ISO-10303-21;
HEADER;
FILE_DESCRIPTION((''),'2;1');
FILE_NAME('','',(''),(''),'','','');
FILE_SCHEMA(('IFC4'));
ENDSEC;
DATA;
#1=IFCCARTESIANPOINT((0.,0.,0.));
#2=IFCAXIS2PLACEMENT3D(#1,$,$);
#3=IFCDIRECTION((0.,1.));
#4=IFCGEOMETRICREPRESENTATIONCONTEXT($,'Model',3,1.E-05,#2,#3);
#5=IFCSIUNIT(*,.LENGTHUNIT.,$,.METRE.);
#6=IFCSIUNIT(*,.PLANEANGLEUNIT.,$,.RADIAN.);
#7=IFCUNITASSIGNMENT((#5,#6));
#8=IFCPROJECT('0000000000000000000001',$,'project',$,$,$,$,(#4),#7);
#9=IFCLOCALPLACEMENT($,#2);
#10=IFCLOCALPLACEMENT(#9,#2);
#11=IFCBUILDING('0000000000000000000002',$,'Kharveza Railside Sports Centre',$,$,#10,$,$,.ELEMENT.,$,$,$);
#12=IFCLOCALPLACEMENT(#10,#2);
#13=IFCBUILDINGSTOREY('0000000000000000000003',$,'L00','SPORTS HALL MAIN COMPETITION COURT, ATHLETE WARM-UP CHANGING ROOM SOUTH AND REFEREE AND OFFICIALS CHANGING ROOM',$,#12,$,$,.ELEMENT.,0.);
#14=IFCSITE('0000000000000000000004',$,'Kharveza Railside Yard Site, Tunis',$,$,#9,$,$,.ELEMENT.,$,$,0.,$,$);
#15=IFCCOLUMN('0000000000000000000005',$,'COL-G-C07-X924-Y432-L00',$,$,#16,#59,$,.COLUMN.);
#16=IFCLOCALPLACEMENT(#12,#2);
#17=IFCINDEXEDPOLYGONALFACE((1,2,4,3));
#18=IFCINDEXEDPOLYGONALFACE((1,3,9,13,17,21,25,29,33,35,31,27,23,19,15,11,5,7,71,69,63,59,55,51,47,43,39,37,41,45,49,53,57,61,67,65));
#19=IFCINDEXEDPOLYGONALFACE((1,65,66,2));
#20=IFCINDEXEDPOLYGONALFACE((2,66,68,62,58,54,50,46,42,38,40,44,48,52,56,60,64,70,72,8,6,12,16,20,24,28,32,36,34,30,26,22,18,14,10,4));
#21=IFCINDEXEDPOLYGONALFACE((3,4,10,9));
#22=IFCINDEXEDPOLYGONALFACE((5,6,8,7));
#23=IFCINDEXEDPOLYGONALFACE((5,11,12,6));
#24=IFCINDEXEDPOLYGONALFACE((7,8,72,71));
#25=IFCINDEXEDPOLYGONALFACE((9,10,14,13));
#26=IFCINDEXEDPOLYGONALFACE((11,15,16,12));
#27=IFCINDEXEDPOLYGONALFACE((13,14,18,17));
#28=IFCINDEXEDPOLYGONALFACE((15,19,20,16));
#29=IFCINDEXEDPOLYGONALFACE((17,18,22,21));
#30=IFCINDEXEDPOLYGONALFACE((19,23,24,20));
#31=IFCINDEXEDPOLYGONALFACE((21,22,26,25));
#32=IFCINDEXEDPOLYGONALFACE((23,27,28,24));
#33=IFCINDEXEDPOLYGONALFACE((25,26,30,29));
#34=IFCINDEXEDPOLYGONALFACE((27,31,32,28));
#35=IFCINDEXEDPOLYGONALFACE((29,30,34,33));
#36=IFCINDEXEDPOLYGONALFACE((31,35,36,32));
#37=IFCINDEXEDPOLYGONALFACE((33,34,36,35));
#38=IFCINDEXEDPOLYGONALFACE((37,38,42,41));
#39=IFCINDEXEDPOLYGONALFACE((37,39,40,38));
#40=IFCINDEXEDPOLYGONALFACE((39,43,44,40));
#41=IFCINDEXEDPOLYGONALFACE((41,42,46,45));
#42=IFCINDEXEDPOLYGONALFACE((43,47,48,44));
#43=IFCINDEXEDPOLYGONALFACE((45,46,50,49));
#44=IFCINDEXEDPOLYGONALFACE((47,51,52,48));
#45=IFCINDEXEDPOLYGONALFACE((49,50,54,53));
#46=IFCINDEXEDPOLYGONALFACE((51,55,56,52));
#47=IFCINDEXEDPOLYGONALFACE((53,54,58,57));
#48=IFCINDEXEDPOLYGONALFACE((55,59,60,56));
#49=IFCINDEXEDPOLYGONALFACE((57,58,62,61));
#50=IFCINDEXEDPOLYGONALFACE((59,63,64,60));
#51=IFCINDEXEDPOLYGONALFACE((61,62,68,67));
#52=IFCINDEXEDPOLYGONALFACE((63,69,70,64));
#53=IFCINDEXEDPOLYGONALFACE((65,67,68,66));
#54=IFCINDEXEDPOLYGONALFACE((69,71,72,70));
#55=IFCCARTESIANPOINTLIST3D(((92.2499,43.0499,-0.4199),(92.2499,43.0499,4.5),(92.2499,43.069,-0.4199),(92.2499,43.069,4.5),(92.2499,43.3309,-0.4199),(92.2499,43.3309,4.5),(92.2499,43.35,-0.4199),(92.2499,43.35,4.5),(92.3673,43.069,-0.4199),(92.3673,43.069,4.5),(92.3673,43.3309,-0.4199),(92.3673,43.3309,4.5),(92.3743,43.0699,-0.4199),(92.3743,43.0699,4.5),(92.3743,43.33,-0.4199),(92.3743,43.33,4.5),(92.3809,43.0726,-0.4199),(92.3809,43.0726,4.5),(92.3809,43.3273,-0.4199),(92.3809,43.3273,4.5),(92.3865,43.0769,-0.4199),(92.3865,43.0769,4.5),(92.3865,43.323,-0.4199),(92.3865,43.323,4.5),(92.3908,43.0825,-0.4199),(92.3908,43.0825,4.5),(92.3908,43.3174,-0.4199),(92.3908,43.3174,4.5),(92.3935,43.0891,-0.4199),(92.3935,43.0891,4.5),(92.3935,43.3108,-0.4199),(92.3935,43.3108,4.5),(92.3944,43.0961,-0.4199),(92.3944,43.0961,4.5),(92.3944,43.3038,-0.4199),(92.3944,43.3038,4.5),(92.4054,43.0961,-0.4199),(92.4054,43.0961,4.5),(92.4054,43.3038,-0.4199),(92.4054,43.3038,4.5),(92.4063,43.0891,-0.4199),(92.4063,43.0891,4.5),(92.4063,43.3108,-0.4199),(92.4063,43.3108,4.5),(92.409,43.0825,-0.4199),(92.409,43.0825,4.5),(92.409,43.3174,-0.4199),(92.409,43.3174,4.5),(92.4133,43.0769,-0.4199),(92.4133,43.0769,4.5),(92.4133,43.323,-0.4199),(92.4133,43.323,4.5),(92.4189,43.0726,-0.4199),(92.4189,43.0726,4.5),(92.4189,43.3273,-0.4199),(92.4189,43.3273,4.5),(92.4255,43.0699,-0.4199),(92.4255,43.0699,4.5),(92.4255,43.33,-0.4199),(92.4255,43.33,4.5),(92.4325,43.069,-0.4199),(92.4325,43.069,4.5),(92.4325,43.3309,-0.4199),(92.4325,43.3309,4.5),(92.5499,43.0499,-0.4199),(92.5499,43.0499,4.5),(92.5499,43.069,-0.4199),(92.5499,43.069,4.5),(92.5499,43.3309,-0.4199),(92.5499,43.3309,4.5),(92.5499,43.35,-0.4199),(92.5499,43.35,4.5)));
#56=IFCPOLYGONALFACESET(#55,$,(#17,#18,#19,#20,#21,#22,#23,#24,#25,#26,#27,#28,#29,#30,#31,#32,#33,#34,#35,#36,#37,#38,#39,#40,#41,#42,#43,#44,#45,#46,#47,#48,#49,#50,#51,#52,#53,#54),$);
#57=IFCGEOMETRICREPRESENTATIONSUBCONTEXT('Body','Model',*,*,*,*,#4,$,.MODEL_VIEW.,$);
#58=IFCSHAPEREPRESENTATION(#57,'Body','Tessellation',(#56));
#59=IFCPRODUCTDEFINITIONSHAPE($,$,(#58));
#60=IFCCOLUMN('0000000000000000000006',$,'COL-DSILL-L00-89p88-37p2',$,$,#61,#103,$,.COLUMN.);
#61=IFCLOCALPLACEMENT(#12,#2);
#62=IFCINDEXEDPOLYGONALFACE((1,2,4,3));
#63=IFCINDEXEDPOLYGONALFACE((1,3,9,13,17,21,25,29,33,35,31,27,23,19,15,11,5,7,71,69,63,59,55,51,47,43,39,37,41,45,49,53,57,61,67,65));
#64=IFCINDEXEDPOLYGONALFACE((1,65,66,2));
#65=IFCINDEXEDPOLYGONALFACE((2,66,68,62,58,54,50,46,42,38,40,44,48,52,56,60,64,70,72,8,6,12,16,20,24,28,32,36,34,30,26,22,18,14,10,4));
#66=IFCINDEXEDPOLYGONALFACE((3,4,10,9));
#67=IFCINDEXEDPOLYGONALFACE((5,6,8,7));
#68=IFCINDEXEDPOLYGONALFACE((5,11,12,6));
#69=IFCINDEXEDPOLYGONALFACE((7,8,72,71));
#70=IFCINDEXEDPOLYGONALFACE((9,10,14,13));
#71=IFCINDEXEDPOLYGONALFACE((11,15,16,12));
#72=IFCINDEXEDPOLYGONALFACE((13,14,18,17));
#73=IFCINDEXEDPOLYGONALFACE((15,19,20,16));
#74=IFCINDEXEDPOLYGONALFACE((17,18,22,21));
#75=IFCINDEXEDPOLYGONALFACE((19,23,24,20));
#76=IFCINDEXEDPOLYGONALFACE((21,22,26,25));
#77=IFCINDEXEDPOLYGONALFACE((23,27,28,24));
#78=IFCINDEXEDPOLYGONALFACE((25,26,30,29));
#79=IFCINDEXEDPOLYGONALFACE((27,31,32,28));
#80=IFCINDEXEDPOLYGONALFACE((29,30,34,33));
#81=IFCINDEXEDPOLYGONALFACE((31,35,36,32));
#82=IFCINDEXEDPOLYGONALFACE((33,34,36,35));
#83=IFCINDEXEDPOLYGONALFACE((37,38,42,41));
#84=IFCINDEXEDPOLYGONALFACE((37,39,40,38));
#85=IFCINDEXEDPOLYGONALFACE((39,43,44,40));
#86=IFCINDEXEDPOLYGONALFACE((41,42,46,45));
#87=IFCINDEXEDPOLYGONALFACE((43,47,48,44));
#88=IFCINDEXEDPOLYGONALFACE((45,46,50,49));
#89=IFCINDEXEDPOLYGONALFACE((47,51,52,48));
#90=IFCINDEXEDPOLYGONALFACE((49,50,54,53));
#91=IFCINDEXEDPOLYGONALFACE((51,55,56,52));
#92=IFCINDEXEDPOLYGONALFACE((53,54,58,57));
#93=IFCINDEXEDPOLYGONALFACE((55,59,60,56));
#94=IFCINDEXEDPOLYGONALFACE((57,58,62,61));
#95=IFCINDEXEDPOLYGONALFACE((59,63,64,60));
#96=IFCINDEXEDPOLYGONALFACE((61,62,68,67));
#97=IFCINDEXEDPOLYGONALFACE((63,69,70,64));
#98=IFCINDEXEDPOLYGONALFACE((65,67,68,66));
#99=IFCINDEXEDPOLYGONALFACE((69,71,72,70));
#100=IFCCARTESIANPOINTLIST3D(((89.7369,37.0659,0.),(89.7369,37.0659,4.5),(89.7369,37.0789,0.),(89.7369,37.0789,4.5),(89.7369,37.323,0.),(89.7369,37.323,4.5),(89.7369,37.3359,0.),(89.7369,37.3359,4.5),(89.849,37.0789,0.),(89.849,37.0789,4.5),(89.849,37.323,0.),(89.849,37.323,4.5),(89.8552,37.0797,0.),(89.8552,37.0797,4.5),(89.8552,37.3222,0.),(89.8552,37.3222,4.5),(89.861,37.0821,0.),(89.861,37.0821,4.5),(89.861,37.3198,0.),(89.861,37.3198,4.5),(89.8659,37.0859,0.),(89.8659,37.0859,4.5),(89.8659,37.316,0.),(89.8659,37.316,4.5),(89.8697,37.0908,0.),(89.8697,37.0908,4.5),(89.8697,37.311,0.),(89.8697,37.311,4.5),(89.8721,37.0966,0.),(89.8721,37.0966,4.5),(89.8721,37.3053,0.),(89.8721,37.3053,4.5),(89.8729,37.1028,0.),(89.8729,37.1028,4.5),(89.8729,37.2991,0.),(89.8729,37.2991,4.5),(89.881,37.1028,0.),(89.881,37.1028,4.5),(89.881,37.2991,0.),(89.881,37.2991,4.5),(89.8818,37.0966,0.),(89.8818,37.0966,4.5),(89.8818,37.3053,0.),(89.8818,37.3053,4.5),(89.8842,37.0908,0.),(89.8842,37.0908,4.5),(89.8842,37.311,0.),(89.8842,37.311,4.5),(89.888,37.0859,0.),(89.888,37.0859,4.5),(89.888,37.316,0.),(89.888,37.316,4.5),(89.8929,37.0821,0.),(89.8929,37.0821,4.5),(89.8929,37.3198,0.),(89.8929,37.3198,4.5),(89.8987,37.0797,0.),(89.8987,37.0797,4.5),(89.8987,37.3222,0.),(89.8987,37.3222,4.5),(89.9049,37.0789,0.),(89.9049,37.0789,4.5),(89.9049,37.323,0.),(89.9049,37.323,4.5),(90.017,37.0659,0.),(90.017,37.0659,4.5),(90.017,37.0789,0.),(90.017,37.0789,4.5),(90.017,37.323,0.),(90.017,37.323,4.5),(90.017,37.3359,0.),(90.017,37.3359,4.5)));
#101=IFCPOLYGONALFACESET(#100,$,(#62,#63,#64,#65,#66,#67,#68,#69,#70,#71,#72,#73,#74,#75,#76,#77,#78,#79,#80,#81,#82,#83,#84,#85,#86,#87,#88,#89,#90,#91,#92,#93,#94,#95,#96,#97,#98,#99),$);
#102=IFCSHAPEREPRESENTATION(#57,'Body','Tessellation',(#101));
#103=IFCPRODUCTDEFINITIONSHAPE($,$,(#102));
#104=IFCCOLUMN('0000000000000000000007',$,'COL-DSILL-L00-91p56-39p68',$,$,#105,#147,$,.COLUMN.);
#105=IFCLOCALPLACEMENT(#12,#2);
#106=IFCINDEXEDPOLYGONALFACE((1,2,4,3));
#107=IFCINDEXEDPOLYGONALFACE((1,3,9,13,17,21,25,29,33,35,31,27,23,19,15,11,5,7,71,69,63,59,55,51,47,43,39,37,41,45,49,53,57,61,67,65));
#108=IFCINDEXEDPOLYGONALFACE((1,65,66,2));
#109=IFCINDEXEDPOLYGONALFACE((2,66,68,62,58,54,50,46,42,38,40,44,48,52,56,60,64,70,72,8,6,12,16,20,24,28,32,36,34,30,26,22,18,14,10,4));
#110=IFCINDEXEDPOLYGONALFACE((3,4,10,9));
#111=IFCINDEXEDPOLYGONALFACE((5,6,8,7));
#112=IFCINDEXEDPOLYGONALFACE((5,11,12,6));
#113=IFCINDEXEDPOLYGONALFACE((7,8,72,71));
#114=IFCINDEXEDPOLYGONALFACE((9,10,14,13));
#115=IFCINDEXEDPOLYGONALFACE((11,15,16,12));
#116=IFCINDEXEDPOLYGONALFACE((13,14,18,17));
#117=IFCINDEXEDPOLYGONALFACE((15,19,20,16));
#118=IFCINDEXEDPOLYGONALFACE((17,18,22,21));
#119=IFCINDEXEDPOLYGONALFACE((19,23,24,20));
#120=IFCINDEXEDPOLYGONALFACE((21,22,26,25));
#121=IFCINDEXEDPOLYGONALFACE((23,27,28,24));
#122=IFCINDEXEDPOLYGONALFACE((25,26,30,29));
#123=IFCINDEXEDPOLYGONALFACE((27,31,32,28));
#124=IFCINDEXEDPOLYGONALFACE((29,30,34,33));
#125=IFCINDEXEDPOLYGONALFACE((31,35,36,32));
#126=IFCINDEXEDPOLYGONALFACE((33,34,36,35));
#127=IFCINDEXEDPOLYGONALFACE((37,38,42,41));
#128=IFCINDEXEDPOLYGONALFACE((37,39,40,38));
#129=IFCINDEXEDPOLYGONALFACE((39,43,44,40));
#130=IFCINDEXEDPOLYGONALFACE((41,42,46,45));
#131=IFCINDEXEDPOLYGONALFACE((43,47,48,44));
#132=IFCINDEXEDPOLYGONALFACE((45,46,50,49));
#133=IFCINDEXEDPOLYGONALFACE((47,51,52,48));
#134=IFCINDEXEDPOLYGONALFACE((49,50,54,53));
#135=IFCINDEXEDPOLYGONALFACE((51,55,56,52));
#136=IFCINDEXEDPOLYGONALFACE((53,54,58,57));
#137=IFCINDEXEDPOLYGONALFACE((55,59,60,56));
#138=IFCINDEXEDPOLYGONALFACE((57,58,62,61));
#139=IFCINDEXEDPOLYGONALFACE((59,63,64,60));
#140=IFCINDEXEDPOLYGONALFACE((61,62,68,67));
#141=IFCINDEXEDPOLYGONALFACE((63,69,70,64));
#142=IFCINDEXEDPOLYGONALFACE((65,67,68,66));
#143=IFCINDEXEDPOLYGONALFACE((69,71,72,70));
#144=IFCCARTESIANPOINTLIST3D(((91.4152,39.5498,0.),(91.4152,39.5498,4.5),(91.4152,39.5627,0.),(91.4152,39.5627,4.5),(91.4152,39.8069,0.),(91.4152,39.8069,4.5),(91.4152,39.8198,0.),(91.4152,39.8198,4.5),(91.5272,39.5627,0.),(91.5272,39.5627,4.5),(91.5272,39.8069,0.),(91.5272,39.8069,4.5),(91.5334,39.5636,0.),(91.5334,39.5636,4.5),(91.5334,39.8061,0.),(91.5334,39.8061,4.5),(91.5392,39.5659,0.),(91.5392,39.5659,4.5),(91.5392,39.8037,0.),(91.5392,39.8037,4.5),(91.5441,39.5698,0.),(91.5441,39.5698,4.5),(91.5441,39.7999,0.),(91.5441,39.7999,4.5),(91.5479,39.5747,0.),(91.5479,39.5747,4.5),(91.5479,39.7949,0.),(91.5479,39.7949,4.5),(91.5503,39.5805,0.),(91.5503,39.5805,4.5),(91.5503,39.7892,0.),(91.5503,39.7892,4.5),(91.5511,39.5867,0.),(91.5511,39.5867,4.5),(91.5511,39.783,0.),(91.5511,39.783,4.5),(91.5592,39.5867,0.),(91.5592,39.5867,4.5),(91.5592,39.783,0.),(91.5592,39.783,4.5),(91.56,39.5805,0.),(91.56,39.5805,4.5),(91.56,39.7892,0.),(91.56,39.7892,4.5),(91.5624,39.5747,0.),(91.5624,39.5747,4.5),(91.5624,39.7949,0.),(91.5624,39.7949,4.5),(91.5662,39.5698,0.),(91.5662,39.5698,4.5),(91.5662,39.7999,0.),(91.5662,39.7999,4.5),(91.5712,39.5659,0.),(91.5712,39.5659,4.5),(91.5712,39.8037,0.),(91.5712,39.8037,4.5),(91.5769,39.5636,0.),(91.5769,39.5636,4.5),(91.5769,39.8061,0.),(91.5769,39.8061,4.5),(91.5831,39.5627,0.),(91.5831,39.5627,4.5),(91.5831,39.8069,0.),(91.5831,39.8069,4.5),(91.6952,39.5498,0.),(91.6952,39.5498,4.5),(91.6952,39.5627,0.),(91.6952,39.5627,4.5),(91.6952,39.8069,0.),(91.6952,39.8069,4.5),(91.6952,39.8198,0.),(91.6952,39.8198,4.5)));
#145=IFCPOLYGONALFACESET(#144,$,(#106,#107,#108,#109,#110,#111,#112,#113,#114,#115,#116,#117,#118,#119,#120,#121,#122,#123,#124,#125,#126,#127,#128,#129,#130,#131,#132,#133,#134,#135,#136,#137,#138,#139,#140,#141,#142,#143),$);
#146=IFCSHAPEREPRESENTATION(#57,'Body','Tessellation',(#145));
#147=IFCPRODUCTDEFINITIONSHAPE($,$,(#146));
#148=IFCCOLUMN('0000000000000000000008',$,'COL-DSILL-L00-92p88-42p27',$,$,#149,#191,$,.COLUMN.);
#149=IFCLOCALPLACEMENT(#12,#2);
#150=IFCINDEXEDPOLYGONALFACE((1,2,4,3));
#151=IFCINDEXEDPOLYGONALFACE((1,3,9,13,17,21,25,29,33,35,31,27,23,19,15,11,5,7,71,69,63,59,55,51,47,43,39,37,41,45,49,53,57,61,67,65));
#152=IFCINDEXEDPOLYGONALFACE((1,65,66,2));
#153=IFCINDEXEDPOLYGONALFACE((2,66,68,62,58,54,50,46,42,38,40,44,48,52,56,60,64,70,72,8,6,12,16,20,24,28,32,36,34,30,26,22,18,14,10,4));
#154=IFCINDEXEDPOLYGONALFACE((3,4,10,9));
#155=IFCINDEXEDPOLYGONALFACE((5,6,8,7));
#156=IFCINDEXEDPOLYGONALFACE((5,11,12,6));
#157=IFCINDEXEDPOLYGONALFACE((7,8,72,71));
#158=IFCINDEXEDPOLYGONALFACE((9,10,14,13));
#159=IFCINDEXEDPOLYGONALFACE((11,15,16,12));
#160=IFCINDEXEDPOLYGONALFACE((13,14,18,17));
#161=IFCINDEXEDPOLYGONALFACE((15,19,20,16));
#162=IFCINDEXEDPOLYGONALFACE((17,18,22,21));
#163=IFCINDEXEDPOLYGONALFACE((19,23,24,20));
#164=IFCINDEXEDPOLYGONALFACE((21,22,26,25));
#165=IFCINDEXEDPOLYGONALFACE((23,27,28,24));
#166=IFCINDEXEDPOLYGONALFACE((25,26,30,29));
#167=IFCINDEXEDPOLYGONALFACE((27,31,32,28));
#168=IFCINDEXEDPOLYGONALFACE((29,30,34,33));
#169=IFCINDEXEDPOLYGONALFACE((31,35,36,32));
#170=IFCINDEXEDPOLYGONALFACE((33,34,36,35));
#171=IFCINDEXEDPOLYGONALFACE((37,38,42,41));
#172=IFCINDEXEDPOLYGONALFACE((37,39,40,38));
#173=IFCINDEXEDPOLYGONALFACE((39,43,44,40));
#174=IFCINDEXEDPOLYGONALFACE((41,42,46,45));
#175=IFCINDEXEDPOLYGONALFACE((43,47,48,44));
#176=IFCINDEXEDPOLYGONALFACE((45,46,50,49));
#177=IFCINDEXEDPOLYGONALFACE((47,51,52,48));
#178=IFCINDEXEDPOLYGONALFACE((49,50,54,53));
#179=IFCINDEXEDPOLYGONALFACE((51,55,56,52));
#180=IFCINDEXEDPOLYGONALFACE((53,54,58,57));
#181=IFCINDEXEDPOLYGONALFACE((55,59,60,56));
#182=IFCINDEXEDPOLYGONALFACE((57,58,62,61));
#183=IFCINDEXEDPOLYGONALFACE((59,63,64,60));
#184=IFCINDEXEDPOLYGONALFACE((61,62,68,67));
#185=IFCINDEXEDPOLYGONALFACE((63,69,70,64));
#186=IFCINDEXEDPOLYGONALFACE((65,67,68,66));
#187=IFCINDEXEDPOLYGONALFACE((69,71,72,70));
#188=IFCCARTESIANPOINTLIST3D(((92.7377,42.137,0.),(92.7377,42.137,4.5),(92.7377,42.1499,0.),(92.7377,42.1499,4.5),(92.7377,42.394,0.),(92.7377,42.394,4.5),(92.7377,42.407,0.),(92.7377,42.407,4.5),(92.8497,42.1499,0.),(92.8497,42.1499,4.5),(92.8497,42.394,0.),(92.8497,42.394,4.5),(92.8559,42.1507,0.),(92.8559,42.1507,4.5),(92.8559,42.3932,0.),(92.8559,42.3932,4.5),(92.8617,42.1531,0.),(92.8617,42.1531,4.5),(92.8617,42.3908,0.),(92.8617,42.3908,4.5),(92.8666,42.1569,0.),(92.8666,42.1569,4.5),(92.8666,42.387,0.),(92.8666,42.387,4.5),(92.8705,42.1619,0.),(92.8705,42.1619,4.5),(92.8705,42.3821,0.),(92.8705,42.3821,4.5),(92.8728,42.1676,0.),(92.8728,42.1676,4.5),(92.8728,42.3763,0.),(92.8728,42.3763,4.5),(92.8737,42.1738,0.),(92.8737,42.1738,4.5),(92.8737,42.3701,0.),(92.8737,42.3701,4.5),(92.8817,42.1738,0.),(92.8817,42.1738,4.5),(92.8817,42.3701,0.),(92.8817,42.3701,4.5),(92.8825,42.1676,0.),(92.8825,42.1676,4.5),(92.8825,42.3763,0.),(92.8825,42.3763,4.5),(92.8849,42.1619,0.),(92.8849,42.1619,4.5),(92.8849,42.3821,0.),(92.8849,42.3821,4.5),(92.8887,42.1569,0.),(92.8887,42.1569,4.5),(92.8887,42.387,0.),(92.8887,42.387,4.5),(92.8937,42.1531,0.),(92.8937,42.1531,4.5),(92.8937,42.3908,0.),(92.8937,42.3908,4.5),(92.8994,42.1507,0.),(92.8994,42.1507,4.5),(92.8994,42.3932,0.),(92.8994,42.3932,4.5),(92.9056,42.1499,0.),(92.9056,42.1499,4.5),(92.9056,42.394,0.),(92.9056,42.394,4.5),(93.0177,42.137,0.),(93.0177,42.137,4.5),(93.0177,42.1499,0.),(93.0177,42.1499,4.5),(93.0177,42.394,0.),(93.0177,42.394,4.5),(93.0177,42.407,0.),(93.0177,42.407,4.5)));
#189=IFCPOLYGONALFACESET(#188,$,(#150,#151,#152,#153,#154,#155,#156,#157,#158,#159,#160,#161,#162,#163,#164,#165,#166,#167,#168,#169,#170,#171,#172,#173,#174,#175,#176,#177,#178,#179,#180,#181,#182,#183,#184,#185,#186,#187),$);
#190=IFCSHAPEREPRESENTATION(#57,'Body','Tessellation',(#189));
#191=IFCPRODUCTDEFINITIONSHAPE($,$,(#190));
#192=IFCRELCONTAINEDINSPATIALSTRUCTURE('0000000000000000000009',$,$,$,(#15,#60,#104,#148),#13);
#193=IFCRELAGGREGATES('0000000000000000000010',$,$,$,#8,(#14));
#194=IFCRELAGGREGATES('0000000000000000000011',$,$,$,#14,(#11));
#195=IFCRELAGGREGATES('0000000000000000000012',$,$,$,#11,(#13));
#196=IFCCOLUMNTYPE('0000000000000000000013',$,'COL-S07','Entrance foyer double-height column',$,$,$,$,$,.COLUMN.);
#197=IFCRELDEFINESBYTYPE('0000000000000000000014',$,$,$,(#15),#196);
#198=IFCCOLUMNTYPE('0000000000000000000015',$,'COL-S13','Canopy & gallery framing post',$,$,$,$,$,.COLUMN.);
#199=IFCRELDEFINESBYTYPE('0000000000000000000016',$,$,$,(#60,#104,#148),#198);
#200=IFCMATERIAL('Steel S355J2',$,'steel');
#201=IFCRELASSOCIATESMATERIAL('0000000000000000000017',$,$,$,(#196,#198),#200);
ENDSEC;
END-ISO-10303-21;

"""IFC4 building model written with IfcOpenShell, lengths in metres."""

from ifc_helpers import new_model, si_unit, direction, frame, origin, origin_2d, place, context, subcontext, project, spatial, i_section, extrude, material, material_profile, profile_set, type_object, element, save


model = new_model("IFC4")

# Units and contexts
model_context = context("Model", 3, precision=1e-05, world=origin(), true_north=direction((0.0, 1.0)))
body_context = subcontext(model_context, "Body", "Model", "MODEL_VIEW")
ifc_project = project(units=[si_unit("LENGTHUNIT", "METRE"), si_unit("PLANEANGLEUNIT", "RADIAN")], contexts=[model_context])

# Site, building, storey
site_placement = place(None, origin())
site = spatial("IfcSite", under=ifc_project, at=site_placement, Name="Kharveza Railside Yard Site, Tunis", CompositionType="ELEMENT", RefElevation=0.0)
building_placement = place(site_placement, origin())
building = spatial("IfcBuilding", under=site, at=building_placement, Name="Kharveza Railside Sports Centre", CompositionType="ELEMENT")
storey_placement = place(building_placement, origin())
storey = spatial("IfcBuildingStorey", under=building, at=storey_placement, Name="L00", Description="SPORTS HALL MAIN COMPETITION COURT, ATHLETE WARM-UP CHANGING ROOM SOUTH AND REFEREE AND OFFICIALS CHANGING ROOM", CompositionType="ELEMENT", Elevation=0.0)

# Columns
ifc_material_1 = material(Name="Steel S355J2", Category="steel")
ifc_material_profile_1 = material_profile(ifc_material_1, i_section(OverallWidth=0.3, OverallDepth=0.3, WebThickness=0.011, FlangeThickness=0.019, FilletRadius=0.0271, at=origin_2d()), Name="HEB 300")
ifc_profile_set_1 = profile_set([ifc_material_profile_1], Name="Steel S355J2")
column_type_1 = type_object("IfcColumnType", Name="COL-S07", Description="Entrance foyer double-height column", PredefinedType="COLUMN", material=ifc_profile_set_1)
column_1_placement = place(storey_placement, frame((92.3999, 43.2, -0.4199), z_axis=(0.0, 0.0, 1.0), x_axis=(1.0, 0.0, 0.0)))
element("IfcColumn", 1, at=column_1_placement, inside=storey, type_object=column_type_1, Name="COL-G-C07-X924-Y432-L00", PredefinedType="COLUMN", context=body_context, shape_type="SweptSolid", body=[
    extrude(i_section(OverallWidth=0.3, OverallDepth=0.3, WebThickness=0.011, FlangeThickness=0.019, FilletRadius=0.0271, at=origin_2d()), origin(), (0.0, 0.0, 1.0), 4.9199),
])
ifc_material_profile_2 = material_profile(ifc_material_1, i_section(OverallWidth=0.28, OverallDepth=0.27, WebThickness=0.0081, FlangeThickness=0.0129, FilletRadius=0.0239, at=origin_2d()), Name="HEA 280")
ifc_profile_set_2 = profile_set([ifc_material_profile_2], Name="Steel S355J2")
column_type_2 = type_object("IfcColumnType", Name="COL-S13", Description="Canopy & gallery framing post", PredefinedType="COLUMN", material=ifc_profile_set_2)
for number, where, z_axis, x_axis, name in (
    (2, (89.877, 37.2009, 0.0), (0.0, 0.0, 1.0), (1.0, 0.0, 0.0), "COL-DSILL-L00-89p88-37p2"),
    (3, (91.5552, 39.6848, 0.0), (0.0, 0.0, 1.0), (1.0, 0.0, 0.0), "COL-DSILL-L00-91p56-39p68"),
    (4, (92.8777, 42.272, 0.0), (0.0, 0.0, 1.0), (1.0, 0.0, 0.0), "COL-DSILL-L00-92p88-42p27"),
):
    element("IfcColumn", number, at=place(storey_placement, frame(where, z_axis=z_axis, x_axis=x_axis)), inside=storey, type_object=column_type_2, Name=name, PredefinedType="COLUMN", context=body_context, shape_type="SweptSolid", body=[
        extrude(i_section(OverallWidth=0.28, OverallDepth=0.27, WebThickness=0.0081, FlangeThickness=0.0129, FilletRadius=0.0239, at=origin_2d()), origin(), (0.0, 0.0, 1.0), 4.5),
    ])

save(model, "model.ifc")
